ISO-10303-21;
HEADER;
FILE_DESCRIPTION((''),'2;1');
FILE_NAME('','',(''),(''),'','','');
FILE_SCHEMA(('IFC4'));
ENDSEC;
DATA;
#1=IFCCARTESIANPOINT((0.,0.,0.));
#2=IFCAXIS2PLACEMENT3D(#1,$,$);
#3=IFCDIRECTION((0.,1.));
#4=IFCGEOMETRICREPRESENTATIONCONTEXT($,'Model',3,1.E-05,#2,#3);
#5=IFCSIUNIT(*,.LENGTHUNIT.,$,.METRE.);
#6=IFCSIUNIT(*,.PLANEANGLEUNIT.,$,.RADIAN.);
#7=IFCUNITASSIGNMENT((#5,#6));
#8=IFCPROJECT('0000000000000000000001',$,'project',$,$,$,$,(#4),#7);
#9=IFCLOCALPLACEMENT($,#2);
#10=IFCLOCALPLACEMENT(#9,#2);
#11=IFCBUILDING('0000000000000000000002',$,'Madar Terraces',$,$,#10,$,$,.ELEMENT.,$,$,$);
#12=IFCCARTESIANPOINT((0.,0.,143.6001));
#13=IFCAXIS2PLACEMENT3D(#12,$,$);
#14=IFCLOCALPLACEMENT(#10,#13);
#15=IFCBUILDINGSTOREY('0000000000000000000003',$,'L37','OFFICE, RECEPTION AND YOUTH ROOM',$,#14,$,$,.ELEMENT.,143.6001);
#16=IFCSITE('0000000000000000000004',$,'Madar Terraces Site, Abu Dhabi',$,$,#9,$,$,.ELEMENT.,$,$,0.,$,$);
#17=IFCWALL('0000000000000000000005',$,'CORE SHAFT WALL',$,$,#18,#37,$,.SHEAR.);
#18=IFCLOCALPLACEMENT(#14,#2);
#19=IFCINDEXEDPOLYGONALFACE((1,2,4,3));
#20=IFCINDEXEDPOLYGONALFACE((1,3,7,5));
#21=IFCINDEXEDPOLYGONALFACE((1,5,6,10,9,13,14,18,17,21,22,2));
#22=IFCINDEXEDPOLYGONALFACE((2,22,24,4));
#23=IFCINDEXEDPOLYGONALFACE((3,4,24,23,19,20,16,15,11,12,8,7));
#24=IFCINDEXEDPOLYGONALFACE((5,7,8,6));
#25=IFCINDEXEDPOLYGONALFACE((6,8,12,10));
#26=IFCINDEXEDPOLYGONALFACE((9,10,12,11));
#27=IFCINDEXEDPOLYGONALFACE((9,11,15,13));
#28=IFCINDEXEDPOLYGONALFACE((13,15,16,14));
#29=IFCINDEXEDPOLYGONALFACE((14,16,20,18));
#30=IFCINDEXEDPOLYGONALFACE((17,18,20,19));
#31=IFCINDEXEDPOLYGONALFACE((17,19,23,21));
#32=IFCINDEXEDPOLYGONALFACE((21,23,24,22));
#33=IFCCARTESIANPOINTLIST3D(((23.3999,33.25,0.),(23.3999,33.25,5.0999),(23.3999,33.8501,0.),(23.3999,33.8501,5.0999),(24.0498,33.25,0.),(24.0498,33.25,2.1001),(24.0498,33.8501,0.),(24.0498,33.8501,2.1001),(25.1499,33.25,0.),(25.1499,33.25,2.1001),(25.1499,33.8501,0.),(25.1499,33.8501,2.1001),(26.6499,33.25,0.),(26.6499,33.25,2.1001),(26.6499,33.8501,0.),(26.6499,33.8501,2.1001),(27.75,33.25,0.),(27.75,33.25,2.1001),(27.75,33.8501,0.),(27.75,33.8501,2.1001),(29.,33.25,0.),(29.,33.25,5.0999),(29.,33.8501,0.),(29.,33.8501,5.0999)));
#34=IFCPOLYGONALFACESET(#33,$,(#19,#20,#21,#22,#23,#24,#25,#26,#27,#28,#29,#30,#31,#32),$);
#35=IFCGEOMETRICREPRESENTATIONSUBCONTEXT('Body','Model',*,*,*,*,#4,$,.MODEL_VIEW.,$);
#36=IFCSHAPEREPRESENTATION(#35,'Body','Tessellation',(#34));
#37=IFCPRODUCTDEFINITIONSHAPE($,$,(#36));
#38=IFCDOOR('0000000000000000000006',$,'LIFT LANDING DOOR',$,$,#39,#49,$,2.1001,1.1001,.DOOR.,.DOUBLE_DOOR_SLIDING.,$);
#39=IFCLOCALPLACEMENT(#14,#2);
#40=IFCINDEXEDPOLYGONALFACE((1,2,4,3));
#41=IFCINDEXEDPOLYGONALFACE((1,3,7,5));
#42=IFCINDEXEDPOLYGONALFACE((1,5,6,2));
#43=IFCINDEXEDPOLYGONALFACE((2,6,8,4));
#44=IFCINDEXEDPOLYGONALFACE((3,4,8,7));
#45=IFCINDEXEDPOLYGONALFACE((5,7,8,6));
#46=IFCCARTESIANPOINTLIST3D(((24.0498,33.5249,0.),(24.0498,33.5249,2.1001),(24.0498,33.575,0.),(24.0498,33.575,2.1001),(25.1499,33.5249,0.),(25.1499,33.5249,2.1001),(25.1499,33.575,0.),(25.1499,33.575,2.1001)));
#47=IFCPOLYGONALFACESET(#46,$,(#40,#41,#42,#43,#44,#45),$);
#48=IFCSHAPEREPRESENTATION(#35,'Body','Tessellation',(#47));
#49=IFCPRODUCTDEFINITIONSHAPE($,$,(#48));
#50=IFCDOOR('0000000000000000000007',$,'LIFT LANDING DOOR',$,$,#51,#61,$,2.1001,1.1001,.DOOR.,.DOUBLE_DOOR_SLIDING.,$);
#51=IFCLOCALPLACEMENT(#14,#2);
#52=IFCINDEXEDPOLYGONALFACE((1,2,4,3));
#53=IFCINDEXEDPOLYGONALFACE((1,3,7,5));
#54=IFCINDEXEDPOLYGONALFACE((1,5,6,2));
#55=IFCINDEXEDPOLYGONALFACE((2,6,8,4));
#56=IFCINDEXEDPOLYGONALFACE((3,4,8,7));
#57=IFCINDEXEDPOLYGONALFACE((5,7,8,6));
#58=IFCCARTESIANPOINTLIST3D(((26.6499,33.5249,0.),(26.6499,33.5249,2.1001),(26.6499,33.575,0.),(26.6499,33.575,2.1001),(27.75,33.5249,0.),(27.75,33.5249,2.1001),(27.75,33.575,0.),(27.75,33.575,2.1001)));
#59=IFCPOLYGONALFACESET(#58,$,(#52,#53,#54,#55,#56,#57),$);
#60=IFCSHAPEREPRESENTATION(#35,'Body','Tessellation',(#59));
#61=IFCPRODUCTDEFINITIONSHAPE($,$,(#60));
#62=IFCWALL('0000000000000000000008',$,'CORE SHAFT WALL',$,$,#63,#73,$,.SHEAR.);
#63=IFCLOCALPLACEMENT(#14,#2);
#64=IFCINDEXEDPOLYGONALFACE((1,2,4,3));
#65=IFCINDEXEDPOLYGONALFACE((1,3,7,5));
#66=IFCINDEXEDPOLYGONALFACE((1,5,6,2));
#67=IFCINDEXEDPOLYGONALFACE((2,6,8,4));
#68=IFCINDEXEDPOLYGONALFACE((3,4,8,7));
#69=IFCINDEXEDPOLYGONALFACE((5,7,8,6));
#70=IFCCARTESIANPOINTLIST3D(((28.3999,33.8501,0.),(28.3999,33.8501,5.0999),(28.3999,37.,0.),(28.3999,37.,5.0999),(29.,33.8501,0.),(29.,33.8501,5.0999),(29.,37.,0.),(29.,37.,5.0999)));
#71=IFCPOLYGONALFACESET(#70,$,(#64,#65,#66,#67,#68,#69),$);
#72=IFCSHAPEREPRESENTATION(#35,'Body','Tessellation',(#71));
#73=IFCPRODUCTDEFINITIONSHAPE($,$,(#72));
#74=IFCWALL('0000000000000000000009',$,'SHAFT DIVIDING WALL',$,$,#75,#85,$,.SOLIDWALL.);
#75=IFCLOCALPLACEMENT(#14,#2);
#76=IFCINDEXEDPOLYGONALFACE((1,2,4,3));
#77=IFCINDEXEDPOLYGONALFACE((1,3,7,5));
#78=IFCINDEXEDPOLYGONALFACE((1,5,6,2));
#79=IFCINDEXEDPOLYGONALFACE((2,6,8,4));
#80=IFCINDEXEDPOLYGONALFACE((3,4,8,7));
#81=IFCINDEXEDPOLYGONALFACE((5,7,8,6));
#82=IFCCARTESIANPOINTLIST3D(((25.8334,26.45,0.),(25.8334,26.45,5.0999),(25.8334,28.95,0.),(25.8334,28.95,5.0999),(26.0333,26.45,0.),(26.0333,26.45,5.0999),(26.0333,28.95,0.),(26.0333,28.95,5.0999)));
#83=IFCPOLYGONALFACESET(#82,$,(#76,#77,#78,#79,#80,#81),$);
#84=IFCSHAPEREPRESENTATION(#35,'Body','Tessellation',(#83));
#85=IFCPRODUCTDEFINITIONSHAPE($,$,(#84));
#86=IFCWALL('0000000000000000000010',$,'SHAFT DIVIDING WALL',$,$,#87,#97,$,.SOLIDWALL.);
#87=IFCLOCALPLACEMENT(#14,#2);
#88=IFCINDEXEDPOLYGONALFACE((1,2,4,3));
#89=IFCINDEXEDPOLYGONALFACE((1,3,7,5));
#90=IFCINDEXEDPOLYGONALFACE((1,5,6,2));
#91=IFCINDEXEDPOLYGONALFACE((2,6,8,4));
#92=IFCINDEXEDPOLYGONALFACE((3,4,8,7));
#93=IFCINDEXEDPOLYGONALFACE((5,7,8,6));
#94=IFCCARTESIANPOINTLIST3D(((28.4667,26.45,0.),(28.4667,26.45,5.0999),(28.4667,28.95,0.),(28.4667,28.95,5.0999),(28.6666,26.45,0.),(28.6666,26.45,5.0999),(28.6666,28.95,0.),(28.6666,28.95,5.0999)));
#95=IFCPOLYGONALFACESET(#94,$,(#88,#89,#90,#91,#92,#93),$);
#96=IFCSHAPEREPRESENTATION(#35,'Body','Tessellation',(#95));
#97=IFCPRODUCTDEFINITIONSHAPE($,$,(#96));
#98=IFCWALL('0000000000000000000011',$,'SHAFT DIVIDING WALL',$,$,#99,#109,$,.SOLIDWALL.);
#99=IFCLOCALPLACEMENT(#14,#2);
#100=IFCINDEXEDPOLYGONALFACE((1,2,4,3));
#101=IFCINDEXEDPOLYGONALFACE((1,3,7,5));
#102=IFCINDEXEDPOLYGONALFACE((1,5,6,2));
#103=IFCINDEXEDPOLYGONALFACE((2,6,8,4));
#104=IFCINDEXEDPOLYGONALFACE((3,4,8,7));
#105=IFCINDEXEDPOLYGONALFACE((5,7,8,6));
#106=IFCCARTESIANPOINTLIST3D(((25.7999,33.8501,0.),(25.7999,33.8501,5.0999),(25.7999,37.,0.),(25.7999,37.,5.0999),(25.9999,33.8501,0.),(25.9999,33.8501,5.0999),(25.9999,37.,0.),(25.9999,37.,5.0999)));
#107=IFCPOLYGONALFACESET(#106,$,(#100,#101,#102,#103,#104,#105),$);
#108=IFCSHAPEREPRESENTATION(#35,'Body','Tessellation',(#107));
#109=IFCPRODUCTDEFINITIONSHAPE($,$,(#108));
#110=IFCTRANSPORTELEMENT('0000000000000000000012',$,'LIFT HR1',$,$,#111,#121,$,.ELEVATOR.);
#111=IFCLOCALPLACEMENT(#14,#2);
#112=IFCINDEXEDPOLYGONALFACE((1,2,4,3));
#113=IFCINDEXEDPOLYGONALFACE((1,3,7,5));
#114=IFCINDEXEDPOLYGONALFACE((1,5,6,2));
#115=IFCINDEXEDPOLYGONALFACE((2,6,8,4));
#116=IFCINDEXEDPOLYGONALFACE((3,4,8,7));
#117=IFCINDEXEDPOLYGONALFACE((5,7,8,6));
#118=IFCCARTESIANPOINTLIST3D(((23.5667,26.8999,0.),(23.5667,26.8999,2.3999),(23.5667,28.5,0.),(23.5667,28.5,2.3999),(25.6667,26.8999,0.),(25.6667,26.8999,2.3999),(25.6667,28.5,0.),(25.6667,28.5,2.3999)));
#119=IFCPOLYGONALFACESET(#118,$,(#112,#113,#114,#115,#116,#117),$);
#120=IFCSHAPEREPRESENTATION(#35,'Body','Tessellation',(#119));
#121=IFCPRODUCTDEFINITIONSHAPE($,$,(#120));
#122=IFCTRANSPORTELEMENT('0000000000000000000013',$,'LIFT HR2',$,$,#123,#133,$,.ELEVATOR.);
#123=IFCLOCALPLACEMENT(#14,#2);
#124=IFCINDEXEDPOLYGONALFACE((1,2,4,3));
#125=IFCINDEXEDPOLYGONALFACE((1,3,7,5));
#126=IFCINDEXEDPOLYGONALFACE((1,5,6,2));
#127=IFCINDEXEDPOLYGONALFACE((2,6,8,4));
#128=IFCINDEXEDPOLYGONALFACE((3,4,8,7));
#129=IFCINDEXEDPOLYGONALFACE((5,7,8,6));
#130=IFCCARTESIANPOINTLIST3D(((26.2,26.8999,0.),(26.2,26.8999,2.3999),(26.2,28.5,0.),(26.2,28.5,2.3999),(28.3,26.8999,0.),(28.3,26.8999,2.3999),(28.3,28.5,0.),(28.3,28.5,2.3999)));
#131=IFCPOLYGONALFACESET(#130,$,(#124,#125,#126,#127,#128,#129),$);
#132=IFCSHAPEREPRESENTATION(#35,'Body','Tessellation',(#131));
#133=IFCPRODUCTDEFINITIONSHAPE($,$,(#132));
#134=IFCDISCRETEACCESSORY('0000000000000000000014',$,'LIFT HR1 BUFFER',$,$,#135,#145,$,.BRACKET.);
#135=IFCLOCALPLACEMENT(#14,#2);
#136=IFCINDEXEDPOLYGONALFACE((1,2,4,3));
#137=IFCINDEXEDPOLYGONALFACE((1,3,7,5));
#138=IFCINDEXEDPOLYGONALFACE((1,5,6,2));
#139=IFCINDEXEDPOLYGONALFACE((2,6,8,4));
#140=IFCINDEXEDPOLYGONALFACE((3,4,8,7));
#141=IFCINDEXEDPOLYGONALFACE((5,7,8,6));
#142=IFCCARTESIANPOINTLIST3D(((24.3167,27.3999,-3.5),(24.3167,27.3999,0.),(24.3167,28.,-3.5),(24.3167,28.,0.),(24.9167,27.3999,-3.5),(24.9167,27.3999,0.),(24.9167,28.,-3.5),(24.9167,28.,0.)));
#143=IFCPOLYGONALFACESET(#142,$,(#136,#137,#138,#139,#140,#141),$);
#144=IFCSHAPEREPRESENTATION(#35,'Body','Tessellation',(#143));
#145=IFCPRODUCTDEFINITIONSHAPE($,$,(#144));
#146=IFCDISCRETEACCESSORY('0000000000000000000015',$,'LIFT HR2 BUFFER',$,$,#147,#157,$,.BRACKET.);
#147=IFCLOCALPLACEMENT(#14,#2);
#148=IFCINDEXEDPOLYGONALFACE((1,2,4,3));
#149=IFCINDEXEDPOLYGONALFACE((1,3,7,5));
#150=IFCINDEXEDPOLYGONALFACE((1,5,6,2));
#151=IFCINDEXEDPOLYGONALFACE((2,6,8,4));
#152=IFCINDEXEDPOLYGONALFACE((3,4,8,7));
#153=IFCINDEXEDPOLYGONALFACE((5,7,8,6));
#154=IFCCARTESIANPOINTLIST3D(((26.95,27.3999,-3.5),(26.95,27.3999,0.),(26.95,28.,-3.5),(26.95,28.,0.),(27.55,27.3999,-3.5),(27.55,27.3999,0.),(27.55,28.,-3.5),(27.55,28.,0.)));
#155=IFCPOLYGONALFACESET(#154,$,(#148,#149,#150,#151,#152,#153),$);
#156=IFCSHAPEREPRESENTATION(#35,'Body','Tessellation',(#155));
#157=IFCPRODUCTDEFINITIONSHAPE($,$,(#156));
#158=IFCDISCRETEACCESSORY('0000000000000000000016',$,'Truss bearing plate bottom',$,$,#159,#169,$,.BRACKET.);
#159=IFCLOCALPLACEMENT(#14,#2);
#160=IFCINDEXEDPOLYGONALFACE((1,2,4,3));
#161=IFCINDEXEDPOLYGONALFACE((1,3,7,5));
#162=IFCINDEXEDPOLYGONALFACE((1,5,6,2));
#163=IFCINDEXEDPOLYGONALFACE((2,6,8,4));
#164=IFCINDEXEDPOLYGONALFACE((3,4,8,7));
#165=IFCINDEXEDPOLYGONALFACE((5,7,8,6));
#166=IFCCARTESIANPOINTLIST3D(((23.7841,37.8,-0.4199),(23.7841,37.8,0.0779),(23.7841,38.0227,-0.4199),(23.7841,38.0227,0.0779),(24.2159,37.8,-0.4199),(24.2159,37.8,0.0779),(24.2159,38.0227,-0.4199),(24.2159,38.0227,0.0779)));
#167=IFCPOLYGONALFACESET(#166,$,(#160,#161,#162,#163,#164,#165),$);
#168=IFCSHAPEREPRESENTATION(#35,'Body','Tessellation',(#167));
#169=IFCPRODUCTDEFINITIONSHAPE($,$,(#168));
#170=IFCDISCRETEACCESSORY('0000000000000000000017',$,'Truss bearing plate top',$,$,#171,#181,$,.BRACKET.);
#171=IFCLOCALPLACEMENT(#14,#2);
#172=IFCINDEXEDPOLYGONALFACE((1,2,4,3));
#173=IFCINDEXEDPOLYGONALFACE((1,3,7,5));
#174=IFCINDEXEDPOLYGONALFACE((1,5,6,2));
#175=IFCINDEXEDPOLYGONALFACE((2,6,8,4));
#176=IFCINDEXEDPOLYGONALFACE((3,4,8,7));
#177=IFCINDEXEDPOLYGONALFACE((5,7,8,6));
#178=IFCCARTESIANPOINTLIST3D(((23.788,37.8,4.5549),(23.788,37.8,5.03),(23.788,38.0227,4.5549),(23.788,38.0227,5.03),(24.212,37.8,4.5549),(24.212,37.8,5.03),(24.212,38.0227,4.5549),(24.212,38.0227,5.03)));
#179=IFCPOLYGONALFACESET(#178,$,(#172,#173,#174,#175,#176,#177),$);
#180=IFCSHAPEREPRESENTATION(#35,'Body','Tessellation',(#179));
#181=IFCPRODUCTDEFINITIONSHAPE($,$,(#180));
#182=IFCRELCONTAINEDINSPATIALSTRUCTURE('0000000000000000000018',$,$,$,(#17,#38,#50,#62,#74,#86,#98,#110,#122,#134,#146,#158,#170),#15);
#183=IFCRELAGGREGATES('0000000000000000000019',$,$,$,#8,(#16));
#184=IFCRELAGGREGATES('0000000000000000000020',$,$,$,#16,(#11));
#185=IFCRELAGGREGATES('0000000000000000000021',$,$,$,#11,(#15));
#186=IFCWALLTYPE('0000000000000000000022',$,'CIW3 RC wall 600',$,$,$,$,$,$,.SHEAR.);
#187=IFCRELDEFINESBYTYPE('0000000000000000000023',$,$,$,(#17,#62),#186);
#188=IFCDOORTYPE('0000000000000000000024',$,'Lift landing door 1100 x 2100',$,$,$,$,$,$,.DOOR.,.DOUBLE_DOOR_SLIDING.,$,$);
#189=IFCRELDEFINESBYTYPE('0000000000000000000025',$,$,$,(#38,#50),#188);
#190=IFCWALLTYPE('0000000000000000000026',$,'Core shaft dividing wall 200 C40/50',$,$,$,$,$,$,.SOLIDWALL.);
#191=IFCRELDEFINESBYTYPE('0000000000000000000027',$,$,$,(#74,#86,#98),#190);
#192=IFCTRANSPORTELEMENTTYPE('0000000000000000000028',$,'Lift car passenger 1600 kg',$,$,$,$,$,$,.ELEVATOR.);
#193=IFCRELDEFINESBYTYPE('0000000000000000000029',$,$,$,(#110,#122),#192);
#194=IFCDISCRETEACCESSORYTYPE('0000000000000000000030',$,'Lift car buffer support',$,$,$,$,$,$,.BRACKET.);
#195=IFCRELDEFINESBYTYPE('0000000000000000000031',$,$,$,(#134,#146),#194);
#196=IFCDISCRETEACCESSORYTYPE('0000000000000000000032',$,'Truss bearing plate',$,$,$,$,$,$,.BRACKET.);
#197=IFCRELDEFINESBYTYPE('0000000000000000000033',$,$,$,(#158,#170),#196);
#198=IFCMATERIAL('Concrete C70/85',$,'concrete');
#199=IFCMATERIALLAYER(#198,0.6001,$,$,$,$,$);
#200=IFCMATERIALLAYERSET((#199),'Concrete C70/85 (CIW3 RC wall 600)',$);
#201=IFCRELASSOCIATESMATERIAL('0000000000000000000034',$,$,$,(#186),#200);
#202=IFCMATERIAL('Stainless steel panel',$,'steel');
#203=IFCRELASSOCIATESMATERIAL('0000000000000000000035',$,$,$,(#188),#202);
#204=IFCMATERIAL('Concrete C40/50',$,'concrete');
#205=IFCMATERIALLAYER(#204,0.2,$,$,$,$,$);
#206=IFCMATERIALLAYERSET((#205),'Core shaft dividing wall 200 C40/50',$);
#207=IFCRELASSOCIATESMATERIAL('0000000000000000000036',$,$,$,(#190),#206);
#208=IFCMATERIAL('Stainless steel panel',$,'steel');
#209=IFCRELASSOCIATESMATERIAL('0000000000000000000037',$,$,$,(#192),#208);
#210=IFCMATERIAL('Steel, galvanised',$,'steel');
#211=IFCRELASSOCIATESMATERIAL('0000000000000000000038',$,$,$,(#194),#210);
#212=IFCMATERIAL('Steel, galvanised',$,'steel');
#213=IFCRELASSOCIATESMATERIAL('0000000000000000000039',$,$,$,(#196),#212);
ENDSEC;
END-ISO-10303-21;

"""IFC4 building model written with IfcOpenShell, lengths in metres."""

from ifc_helpers import new_model, si_unit, direction, frame, frame_2d, origin, origin_2d, place, context, subcontext, project, spatial, rectangle, extrude, material, layer, layer_set, type_object, element, fill, save


model = new_model("IFC4")

# Units and contexts
model_context = context("Model", 3, precision=1e-05, world=origin(), true_north=direction((0.0, 1.0)))
body_context = subcontext(model_context, "Body", "Model", "MODEL_VIEW")
ifc_project = project(units=[si_unit("LENGTHUNIT", "METRE"), si_unit("PLANEANGLEUNIT", "RADIAN")], contexts=[model_context])

# Site, building, storey
site_placement = place(None, origin())
site = spatial("IfcSite", under=ifc_project, at=site_placement, Name="Madar Terraces Site, Abu Dhabi", CompositionType="ELEMENT", RefElevation=0.0)
building_placement = place(site_placement, origin())
building = spatial("IfcBuilding", under=site, at=building_placement, Name="Madar Terraces", CompositionType="ELEMENT")
storey_placement = place(building_placement, frame((0.0, 0.0, 143.6001)))
storey = spatial("IfcBuildingStorey", under=building, at=storey_placement, Name="L37", Description="OFFICE, RECEPTION AND YOUTH ROOM", CompositionType="ELEMENT", Elevation=143.6001)

# Wall, openings, doors
ifc_material_1 = material(Name="Concrete C70/85", Category="concrete")
ifc_layer_1 = layer(ifc_material_1, 0.6001)
ifc_layer_set_1 = layer_set([ifc_layer_1], Name="Concrete C70/85 (CIW3 RC wall 600)")
wall_type_1 = type_object("IfcWallType", Name="CIW3 RC wall 600", PredefinedType="SHEAR", material=ifc_layer_set_1)
ifc_material_2 = material(Name="Stainless steel panel", Category="steel")
door_type = type_object("IfcDoorType", Name="Lift landing door 1100 x 2100", OperationType="DOUBLE_DOOR_SLIDING", PredefinedType="DOOR", material=ifc_material_2)
wall_1_placement = place(storey_placement, frame((23.3999, 33.55, 0.0), z_axis=(0.0, 0.0, 1.0), x_axis=(1.0, 0.0, 0.0)))
wall_1 = element("IfcWall", 1, at=wall_1_placement, inside=storey, type_object=wall_type_1, Name="CORE SHAFT WALL", PredefinedType="SHEAR", context=body_context, shape_type="SweptSolid", body=[
    extrude(rectangle(XDim=5.6001, YDim=0.6001, at=frame_2d((2.8, 0.0))), origin(), (0.0, 0.0, 1.0), 5.0999),
])
opening_1_placement = place(wall_1_placement, frame((0.6499, 0.0, 0.0)))
opening_1 = element("IfcOpeningElement", 2, at=opening_1_placement, cuts=wall_1, PredefinedType="OPENING", context=body_context, shape_type="SweptSolid", body=[
    extrude(rectangle(XDim=1.1001, YDim=2.1001, at=frame_2d((0.55, 1.05))), frame((0.0, 0.3101, 0.0), z_axis=(0.0, -1.0, 0.0), x_axis=(1.0, 0.0, 0.0)), (0.0, 0.0, 1.0), 0.6201),
])
opening_2_placement = place(wall_1_placement, frame((3.25, 0.0, 0.0)))
opening_2 = element("IfcOpeningElement", 3, at=opening_2_placement, cuts=wall_1, PredefinedType="OPENING", context=body_context, shape_type="SweptSolid", body=[
    extrude(rectangle(XDim=1.1001, YDim=2.1001, at=frame_2d((0.55, 1.05))), frame((0.0, 0.3101, 0.0), z_axis=(0.0, -1.0, 0.0), x_axis=(1.0, 0.0, 0.0)), (0.0, 0.0, 1.0), 0.6201),
])
door_1_placement = place(opening_1_placement, origin())
door_1 = element("IfcDoor", 4, at=door_1_placement, inside=storey, type_object=door_type, Name="LIFT LANDING DOOR", OperationType="DOUBLE_DOOR_SLIDING", OverallHeight=2.1001, OverallWidth=1.1001, PredefinedType="DOOR", context=body_context, shape_type="SweptSolid", body=[
    extrude(rectangle(XDim=1.1001, YDim=2.1001, at=frame_2d((0.55, 1.05))), frame((0.0, 0.0249, 0.0), z_axis=(0.0, -1.0, 0.0), x_axis=(1.0, 0.0, 0.0)), (0.0, 0.0, 1.0), 0.05),
])
fill(opening_1, door_1)
door_2_placement = place(opening_2_placement, origin())
door_2 = element("IfcDoor", 5, at=door_2_placement, inside=storey, type_object=door_type, Name="LIFT LANDING DOOR", OperationType="DOUBLE_DOOR_SLIDING", OverallHeight=2.1001, OverallWidth=1.1001, PredefinedType="DOOR", context=body_context, shape_type="SweptSolid", body=[
    extrude(rectangle(XDim=1.1001, YDim=2.1001, at=frame_2d((0.55, 1.05))), frame((0.0, 0.0249, 0.0), z_axis=(0.0, -1.0, 0.0), x_axis=(1.0, 0.0, 0.0)), (0.0, 0.0, 1.0), 0.05),
])
fill(opening_2, door_2)

# Walls
wall_2_placement = place(storey_placement, frame((28.7, 33.8501, 0.0), z_axis=(0.0, 0.0, 1.0), x_axis=(0.0, 1.0, 0.0)))
element("IfcWall", 6, at=wall_2_placement, inside=storey, type_object=wall_type_1, Name="CORE SHAFT WALL", PredefinedType="SHEAR", context=body_context, shape_type="SweptSolid", body=[
    extrude(rectangle(XDim=3.1499, YDim=0.6001, at=frame_2d((1.575, 0.0))), origin(), (0.0, 0.0, 1.0), 5.0999),
])
ifc_material_3 = material(Name="Concrete C40/50", Category="concrete")
ifc_layer_2 = layer(ifc_material_3, 0.2)
ifc_layer_set_2 = layer_set([ifc_layer_2], Name="Core shaft dividing wall 200 C40/50")
wall_type_2 = type_object("IfcWallType", Name="Core shaft dividing wall 200 C40/50", PredefinedType="SOLIDWALL", material=ifc_layer_set_2)
for number, where, z_axis, x_axis, name in (
    (7, (25.9333, 26.45, 0.0), (0.0, 0.0, 1.0), (0.0, 1.0, 0.0), "SHAFT DIVIDING WALL"),
    (8, (28.5667, 26.45, 0.0), (0.0, 0.0, 1.0), (0.0, 1.0, 0.0), "SHAFT DIVIDING WALL"),
):
    element("IfcWall", number, at=place(storey_placement, frame(where, z_axis=z_axis, x_axis=x_axis)), inside=storey, type_object=wall_type_2, Name=name, PredefinedType="SOLIDWALL", context=body_context, shape_type="SweptSolid", body=[
        extrude(rectangle(XDim=2.5, YDim=0.2, at=frame_2d((1.25, 0.0))), origin(), (0.0, 0.0, 1.0), 5.0999),
    ])
wall_3_placement = place(storey_placement, frame((25.8999, 33.8501, 0.0), z_axis=(0.0, 0.0, 1.0), x_axis=(0.0, 1.0, 0.0)))
element("IfcWall", 9, at=wall_3_placement, inside=storey, type_object=wall_type_2, Name="SHAFT DIVIDING WALL", PredefinedType="SOLIDWALL", context=body_context, shape_type="SweptSolid", body=[
    extrude(rectangle(XDim=3.1499, YDim=0.2, at=frame_2d((1.575, 0.0))), origin(), (0.0, 0.0, 1.0), 5.0999),
])

# Transport elements
ifc_material_4 = material(Name="Stainless steel panel", Category="steel")
transport_element_type = type_object("IfcTransportElementType", Name="Lift car passenger 1600 kg", PredefinedType="ELEVATOR", material=ifc_material_4)
for number, where, z_axis, x_axis, name in (
    (10, (24.6167, 27.7, 0.0), (0.0, 0.0, 1.0), (1.0, 0.0, 0.0), "LIFT HR1"),
    (11, (27.25, 27.7, 0.0), (0.0, 0.0, 1.0), (1.0, 0.0, 0.0), "LIFT HR2"),
):
    element("IfcTransportElement", number, at=place(storey_placement, frame(where, z_axis=z_axis, x_axis=x_axis)), inside=storey, type_object=transport_element_type, Name=name, PredefinedType="ELEVATOR", context=body_context, shape_type="SweptSolid", body=[
        extrude(rectangle(XDim=2.1001, YDim=1.6001, at=origin_2d()), origin(), (0.0, 0.0, 1.0), 2.3999),
    ])

# Discrete accessories
ifc_material_5 = material(Name="Steel, galvanised", Category="steel")
discrete_accessory_type_1 = type_object("IfcDiscreteAccessoryType", Name="Lift car buffer support", PredefinedType="BRACKET", material=ifc_material_5)
for number, where, z_axis, x_axis, name in (
    (12, (24.6167, 27.7, -3.5), (0.0, 0.0, 1.0), (1.0, 0.0, 0.0), "LIFT HR1 BUFFER"),
    (13, (27.25, 27.7, -3.5), (0.0, 0.0, 1.0), (1.0, 0.0, 0.0), "LIFT HR2 BUFFER"),
):
    element("IfcDiscreteAccessory", number, at=place(storey_placement, frame(where, z_axis=z_axis, x_axis=x_axis)), inside=storey, type_object=discrete_accessory_type_1, Name=name, PredefinedType="BRACKET", context=body_context, shape_type="SweptSolid", body=[
        extrude(rectangle(XDim=0.6001, YDim=0.6001, at=origin_2d()), origin(), (0.0, 0.0, 1.0), 3.5),
    ])
ifc_material_6 = material(Name="Steel, galvanised", Category="steel")
discrete_accessory_type_2 = type_object("IfcDiscreteAccessoryType", Name="Truss bearing plate", PredefinedType="BRACKET", material=ifc_material_6)
discrete_accessory_1_placement = place(storey_placement, frame((24.0, 37.9114, -0.4199), z_axis=(0.0, 0.0, 1.0), x_axis=(1.0, 0.0, 0.0)))
element("IfcDiscreteAccessory", 14, at=discrete_accessory_1_placement, inside=storey, type_object=discrete_accessory_type_2, Name="Truss bearing plate bottom", PredefinedType="BRACKET", context=body_context, shape_type="SweptSolid", body=[
    extrude(rectangle(XDim=0.4319, YDim=0.2227, at=origin_2d()), origin(), (0.0, 0.0, 1.0), 0.4978),
])
discrete_accessory_2_placement = place(storey_placement, frame((24.0, 37.9114, 4.5549), z_axis=(0.0, 0.0, 1.0), x_axis=(1.0, 0.0, 0.0)))
element("IfcDiscreteAccessory", 15, at=discrete_accessory_2_placement, inside=storey, type_object=discrete_accessory_type_2, Name="Truss bearing plate top", PredefinedType="BRACKET", context=body_context, shape_type="SweptSolid", body=[
    extrude(rectangle(XDim=0.4241, YDim=0.2227, at=origin_2d()), origin(), (0.0, 0.0, 1.0), 0.4751),
])

save(model, "model.ifc")
